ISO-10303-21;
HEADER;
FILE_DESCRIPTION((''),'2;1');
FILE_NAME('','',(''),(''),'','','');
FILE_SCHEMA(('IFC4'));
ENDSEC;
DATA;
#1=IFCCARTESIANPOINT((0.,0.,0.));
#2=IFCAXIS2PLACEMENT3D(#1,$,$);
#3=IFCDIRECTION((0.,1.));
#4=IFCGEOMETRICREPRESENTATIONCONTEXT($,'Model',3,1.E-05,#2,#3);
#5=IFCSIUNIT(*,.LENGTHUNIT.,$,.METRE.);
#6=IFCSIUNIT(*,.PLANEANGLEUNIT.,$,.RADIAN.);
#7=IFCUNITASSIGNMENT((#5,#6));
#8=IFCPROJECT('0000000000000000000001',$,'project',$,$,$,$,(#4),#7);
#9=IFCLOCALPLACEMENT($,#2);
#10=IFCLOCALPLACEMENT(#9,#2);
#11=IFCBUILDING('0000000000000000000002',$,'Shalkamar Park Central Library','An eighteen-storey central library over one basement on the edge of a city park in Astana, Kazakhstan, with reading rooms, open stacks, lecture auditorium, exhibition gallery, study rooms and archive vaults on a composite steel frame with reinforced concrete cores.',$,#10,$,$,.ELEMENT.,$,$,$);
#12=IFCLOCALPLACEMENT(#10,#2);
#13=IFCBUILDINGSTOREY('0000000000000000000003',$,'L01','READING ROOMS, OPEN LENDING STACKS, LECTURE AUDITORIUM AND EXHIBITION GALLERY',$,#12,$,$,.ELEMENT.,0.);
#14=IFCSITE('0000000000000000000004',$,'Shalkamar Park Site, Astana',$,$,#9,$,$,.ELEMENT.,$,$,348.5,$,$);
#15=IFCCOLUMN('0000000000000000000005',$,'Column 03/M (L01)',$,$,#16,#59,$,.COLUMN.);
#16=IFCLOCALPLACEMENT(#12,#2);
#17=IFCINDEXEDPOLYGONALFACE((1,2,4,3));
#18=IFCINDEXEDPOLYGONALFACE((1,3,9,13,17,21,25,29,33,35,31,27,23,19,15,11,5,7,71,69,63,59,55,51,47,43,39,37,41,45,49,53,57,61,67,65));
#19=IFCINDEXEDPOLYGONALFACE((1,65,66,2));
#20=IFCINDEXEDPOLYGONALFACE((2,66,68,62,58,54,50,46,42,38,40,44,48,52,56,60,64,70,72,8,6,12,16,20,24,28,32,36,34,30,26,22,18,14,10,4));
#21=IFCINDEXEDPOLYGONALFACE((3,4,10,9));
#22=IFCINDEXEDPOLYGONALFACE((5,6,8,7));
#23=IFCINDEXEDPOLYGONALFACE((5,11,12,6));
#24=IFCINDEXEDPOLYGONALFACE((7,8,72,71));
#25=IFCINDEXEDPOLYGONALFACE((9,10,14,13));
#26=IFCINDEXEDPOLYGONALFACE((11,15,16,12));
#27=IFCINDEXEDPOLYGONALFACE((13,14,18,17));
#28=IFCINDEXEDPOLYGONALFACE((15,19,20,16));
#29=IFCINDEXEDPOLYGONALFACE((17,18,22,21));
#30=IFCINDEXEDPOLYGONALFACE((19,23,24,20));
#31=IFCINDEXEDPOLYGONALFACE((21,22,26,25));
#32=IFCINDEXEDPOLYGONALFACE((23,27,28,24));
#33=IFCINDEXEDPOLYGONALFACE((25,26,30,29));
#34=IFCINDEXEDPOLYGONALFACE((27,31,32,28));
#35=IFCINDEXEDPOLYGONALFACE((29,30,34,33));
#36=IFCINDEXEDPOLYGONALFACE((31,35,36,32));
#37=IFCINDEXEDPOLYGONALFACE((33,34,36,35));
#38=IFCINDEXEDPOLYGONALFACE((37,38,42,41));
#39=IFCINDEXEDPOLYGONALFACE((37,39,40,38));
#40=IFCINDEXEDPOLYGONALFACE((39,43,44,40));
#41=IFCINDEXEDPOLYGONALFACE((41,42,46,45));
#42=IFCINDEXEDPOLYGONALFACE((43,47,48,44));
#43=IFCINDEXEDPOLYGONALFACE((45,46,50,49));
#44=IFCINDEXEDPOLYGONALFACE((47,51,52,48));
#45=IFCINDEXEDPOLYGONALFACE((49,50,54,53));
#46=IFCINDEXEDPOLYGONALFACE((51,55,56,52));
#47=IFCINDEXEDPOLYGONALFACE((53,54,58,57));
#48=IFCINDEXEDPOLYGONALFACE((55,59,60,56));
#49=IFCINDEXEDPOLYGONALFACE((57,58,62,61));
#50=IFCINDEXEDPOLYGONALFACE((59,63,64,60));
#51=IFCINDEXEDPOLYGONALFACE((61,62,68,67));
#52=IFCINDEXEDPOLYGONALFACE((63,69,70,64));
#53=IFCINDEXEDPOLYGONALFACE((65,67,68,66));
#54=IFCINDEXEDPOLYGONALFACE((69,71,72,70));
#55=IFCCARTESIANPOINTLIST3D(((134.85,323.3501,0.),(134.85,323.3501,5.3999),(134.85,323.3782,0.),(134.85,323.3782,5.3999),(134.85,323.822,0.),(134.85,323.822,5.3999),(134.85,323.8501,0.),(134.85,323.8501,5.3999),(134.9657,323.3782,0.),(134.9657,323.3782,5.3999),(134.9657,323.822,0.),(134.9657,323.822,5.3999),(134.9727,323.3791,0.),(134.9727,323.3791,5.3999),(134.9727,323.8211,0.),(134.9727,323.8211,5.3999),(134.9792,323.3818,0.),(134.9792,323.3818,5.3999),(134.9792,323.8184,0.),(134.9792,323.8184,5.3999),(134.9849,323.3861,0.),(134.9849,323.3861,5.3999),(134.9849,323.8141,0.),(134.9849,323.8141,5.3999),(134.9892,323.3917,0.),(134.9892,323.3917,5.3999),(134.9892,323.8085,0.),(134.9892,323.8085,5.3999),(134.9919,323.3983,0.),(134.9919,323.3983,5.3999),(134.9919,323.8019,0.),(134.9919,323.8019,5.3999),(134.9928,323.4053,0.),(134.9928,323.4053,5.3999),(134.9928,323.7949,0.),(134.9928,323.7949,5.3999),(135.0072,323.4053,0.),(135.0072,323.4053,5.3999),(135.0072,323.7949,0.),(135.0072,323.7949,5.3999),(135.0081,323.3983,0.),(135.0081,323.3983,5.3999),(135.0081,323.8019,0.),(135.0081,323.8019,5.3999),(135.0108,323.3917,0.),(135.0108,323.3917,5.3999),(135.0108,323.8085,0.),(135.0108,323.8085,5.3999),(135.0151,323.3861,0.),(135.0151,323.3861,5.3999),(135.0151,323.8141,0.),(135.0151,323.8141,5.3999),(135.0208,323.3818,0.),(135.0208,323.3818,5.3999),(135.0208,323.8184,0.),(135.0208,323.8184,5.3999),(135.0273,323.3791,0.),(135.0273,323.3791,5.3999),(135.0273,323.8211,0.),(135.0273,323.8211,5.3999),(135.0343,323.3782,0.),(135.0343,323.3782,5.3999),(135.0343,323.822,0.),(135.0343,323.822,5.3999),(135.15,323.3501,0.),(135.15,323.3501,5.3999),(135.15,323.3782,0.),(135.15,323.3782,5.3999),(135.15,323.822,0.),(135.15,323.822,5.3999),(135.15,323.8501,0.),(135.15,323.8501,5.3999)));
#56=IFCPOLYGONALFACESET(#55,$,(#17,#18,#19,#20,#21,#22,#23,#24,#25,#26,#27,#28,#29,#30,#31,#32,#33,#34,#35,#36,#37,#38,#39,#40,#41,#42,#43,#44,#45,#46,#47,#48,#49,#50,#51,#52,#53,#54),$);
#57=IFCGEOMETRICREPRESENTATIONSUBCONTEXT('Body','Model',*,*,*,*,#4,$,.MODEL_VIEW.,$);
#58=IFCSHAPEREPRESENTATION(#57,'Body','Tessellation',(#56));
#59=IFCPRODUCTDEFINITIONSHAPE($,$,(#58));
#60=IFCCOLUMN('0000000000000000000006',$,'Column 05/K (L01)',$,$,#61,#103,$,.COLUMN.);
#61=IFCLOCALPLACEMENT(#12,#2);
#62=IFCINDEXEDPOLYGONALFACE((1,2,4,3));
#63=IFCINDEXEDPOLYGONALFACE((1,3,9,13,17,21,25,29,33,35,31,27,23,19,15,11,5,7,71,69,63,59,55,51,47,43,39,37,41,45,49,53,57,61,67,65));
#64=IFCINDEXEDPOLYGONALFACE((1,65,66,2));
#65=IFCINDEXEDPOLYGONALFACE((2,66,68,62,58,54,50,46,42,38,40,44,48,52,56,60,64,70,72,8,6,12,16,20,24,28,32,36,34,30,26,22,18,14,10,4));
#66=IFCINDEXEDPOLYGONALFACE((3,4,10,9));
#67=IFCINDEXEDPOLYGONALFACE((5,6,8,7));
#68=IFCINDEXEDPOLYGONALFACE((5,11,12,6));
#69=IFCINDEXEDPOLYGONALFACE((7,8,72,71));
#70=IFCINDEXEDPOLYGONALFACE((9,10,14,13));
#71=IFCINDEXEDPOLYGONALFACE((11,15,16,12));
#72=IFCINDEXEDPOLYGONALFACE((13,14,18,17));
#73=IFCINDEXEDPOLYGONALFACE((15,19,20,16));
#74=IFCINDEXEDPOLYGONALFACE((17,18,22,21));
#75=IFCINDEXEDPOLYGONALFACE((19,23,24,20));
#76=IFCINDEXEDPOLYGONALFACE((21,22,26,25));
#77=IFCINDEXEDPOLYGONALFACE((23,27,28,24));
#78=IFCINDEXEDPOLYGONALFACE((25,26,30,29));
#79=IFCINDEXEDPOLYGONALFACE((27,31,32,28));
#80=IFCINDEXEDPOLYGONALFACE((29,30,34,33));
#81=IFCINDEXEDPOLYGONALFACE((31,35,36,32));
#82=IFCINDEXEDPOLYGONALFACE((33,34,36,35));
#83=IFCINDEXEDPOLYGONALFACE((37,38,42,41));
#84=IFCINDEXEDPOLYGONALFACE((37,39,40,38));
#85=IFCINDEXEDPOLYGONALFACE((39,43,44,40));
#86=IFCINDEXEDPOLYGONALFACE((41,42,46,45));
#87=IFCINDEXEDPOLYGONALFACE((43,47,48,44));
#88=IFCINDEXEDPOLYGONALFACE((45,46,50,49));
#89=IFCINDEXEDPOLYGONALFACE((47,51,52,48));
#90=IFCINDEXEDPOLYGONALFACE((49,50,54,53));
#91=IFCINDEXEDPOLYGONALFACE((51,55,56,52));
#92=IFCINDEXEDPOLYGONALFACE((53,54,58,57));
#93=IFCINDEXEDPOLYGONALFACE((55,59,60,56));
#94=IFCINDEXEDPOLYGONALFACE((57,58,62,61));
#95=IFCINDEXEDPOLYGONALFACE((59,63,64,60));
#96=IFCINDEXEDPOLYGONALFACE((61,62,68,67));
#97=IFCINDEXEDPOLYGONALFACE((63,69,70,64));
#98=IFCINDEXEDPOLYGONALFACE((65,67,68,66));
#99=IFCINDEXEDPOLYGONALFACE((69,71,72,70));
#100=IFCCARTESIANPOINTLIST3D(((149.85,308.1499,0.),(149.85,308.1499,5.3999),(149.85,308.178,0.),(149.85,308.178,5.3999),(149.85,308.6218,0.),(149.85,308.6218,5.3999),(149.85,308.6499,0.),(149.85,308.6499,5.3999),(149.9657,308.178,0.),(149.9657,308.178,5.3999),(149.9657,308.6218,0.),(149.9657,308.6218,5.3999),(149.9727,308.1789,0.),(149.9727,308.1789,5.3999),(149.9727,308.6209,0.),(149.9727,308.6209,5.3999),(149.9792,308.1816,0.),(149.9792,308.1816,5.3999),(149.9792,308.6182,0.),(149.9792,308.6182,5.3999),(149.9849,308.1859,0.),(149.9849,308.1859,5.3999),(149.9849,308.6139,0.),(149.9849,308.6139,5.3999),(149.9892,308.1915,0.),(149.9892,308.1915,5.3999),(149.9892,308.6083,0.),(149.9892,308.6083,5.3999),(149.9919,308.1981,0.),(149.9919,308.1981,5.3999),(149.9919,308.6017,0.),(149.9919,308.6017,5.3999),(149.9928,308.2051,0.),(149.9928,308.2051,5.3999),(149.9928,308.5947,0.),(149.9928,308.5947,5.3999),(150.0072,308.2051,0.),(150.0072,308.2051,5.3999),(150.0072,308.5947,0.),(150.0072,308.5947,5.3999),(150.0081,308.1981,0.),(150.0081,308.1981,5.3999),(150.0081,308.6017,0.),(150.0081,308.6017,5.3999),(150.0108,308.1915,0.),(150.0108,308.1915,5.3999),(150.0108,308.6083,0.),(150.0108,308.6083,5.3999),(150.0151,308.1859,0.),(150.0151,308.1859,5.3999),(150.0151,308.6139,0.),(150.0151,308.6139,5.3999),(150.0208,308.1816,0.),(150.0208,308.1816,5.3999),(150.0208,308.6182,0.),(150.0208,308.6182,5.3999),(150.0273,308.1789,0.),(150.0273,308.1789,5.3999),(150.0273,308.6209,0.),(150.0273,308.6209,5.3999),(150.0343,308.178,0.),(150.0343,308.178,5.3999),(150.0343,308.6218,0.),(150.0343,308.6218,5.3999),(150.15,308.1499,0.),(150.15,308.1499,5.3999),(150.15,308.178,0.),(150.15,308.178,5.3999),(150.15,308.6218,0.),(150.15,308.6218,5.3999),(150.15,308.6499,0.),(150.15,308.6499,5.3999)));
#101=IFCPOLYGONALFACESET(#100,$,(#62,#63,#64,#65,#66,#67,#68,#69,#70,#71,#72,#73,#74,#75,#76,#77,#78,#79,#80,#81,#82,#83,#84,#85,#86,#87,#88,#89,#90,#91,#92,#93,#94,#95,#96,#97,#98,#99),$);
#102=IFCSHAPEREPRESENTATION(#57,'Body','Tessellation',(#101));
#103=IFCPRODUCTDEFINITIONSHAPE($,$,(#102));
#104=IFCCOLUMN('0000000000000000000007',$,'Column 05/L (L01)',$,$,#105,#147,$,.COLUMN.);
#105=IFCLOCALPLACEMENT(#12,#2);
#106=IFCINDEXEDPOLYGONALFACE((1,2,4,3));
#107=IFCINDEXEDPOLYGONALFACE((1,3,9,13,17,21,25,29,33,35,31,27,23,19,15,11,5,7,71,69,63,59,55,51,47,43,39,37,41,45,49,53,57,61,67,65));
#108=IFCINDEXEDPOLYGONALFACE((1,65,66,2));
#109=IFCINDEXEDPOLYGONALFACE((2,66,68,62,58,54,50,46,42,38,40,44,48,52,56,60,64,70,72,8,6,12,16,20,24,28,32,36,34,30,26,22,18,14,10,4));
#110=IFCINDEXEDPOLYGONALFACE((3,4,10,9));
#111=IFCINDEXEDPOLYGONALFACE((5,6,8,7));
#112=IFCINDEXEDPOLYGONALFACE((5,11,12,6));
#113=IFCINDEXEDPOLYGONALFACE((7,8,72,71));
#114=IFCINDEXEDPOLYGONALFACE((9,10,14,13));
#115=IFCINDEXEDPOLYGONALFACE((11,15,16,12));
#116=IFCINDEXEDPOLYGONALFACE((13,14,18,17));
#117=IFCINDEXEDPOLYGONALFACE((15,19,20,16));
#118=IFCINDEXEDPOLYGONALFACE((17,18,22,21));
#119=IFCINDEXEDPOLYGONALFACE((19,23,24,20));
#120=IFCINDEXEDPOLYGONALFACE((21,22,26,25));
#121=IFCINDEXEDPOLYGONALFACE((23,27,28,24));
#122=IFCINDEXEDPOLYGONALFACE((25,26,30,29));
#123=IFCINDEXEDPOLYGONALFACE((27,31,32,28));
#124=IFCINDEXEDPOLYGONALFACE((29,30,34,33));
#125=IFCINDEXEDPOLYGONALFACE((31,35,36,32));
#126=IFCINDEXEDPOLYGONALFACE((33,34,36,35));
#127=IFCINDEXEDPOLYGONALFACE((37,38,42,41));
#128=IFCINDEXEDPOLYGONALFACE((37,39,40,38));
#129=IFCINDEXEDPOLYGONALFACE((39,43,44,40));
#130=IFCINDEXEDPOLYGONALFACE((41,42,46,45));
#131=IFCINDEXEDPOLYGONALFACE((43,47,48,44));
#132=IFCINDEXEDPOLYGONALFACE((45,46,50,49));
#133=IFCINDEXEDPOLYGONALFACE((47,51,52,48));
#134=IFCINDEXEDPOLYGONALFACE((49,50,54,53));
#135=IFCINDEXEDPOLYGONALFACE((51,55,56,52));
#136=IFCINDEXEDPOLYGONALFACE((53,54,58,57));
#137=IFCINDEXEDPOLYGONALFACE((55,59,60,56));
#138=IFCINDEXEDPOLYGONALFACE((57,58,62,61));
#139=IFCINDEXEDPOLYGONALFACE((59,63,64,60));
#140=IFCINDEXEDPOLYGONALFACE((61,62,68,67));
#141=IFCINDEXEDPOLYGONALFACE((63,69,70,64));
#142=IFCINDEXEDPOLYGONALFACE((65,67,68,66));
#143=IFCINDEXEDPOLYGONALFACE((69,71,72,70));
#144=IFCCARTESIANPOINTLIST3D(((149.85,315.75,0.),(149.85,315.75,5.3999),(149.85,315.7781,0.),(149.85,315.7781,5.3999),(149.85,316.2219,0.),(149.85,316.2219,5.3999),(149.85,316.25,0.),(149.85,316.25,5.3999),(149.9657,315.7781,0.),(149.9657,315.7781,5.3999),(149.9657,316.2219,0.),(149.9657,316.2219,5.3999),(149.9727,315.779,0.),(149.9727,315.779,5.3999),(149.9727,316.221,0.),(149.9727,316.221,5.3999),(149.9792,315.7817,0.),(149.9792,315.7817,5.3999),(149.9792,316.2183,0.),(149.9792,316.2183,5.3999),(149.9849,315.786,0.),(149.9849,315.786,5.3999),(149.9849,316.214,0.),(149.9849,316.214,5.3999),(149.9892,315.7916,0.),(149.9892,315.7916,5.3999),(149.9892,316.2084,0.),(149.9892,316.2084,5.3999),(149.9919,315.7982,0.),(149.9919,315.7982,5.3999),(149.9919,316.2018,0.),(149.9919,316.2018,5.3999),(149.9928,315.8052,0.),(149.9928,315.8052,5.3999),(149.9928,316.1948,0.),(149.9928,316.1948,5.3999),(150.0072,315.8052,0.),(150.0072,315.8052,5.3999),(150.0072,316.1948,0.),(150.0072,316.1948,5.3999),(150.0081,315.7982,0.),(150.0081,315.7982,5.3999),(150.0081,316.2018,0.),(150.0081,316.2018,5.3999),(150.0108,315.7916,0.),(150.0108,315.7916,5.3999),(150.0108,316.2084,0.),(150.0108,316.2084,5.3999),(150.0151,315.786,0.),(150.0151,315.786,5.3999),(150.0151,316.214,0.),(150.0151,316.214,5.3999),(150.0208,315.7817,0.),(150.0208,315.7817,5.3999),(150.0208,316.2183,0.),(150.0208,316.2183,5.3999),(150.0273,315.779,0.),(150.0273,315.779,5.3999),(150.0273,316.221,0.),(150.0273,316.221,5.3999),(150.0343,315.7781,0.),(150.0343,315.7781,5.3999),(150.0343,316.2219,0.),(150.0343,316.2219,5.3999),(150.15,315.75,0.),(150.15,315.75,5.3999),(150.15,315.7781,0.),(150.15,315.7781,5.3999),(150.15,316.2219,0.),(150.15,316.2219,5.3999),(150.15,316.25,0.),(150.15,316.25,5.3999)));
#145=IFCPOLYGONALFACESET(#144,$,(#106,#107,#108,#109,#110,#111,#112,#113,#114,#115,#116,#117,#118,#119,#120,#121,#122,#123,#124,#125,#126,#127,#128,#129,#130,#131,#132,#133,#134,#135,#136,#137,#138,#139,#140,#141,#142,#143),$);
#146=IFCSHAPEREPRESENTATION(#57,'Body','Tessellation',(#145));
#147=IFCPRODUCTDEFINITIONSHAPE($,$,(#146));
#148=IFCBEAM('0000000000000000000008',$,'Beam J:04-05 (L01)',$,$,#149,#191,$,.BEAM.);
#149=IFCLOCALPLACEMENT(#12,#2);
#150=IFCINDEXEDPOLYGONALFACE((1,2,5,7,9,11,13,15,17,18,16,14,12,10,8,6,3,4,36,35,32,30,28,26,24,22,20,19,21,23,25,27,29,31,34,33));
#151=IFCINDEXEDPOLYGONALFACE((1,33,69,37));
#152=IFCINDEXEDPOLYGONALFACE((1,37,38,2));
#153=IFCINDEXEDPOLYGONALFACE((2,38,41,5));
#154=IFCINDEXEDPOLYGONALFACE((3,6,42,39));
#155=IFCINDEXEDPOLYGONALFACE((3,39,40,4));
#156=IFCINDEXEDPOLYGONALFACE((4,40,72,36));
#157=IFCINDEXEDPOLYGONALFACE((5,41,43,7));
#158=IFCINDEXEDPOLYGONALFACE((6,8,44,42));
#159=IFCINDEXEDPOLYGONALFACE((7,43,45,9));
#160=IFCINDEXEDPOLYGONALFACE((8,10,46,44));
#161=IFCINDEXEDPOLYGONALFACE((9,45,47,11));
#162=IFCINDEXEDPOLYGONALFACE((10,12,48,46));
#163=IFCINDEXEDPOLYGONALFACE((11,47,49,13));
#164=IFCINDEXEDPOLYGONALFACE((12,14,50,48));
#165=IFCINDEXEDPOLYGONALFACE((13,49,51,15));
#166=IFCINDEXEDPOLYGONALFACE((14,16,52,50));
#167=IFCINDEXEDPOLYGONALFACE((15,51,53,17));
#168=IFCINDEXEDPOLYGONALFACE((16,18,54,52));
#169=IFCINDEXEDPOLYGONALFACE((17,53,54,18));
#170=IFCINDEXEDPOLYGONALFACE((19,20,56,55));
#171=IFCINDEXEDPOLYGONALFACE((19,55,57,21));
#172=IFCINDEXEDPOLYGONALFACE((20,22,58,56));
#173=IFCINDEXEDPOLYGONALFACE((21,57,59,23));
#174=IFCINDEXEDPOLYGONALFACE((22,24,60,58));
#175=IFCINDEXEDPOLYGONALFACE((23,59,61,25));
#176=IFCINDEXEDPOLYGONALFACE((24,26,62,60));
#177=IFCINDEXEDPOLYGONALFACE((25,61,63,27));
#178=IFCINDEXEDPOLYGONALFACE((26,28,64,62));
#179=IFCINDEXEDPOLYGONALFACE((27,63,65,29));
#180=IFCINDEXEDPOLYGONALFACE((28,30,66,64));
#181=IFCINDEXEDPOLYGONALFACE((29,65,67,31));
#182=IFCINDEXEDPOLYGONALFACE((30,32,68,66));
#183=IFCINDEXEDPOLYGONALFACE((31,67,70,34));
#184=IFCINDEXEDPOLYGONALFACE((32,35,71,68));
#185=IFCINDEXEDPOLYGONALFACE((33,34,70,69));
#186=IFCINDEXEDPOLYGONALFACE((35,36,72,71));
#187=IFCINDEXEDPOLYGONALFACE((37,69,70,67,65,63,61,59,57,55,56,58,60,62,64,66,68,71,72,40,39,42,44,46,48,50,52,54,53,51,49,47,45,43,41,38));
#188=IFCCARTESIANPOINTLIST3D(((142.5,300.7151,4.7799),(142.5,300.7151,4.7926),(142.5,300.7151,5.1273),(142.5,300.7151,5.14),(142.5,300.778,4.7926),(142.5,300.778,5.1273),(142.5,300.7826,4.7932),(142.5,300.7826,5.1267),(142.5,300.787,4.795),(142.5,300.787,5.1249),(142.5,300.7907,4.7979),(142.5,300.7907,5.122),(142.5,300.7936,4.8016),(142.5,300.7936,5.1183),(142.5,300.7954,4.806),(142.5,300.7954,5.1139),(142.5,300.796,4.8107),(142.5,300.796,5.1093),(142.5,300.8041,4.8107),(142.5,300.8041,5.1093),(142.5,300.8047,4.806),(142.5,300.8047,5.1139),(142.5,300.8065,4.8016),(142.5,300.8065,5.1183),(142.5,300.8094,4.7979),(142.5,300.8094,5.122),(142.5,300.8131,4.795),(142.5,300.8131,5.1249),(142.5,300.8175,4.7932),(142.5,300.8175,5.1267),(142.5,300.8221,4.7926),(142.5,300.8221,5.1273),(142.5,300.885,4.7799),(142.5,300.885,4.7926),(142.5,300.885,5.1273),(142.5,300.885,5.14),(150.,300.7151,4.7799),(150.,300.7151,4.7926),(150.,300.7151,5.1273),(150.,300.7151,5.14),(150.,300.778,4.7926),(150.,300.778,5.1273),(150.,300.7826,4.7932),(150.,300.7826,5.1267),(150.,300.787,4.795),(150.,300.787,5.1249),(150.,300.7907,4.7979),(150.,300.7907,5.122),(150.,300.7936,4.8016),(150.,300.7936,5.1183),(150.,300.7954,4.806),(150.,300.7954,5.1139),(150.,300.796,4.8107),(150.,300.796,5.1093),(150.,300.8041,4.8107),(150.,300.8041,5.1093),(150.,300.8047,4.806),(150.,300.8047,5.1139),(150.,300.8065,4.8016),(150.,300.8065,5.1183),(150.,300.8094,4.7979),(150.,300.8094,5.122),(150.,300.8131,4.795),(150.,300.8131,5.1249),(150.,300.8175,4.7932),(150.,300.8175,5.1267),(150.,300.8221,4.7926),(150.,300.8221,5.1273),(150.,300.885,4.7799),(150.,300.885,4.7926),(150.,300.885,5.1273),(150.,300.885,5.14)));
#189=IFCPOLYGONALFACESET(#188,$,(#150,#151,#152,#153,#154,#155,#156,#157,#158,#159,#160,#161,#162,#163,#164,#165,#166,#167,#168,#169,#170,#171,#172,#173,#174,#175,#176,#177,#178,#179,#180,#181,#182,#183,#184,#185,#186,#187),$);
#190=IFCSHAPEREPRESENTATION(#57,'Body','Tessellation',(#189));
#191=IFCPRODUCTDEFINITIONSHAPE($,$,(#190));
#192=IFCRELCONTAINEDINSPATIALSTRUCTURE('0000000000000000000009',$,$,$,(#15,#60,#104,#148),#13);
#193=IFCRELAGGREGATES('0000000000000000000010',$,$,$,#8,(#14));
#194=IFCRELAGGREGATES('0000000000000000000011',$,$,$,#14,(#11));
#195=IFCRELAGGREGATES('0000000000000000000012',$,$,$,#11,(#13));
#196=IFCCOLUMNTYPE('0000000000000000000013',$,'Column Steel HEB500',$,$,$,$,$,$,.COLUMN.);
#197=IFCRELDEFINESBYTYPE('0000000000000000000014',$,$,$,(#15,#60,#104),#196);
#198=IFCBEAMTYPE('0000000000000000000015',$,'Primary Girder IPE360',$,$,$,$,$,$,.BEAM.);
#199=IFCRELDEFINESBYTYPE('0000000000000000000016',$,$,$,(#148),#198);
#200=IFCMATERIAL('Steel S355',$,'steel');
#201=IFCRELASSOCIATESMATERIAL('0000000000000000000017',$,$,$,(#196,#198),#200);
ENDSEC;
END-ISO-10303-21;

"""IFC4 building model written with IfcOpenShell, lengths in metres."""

from ifc_helpers import new_model, si_unit, direction, frame, origin, origin_2d, place, context, subcontext, project, spatial, i_section, extrude, material, material_profile, profile_set, type_object, element, save


model = new_model("IFC4")

# Units and contexts
model_context = context("Model", 3, precision=1e-05, world=origin(), true_north=direction((0.0, 1.0)))
body_context = subcontext(model_context, "Body", "Model", "MODEL_VIEW")
ifc_project = project(units=[si_unit("LENGTHUNIT", "METRE"), si_unit("PLANEANGLEUNIT", "RADIAN")], contexts=[model_context])

# Site, building, storey
site_placement = place(None, origin())
site = spatial("IfcSite", under=ifc_project, at=site_placement, Name="Shalkamar Park Site, Astana", CompositionType="ELEMENT", RefElevation=348.5)
building_placement = place(site_placement, origin())
building = spatial("IfcBuilding", under=site, at=building_placement, Name="Shalkamar Park Central Library", Description="An eighteen-storey central library over one basement on the edge of a city park in Astana, Kazakhstan, with reading rooms, open stacks, lecture auditorium, exhibition gallery, study rooms and archive vaults on a composite steel frame with reinforced concrete cores.", CompositionType="ELEMENT")
storey_placement = place(building_placement, origin())
storey = spatial("IfcBuildingStorey", under=building, at=storey_placement, Name="L01", Description="READING ROOMS, OPEN LENDING STACKS, LECTURE AUDITORIUM AND EXHIBITION GALLERY", CompositionType="ELEMENT", Elevation=0.0)

# Columns
ifc_material_1 = material(Name="Steel S355", Category="steel")
ifc_material_profile_1 = material_profile(ifc_material_1, i_section(OverallWidth=0.3, OverallDepth=0.5, WebThickness=0.0144, FlangeThickness=0.0281, FilletRadius=0.0271, at=origin_2d()), Name="HEB 500")
ifc_profile_set_1 = profile_set([ifc_material_profile_1], Name="Steel S355")
column_type_1 = type_object("IfcColumnType", Name="Column Steel HEB500", PredefinedType="COLUMN", material=ifc_profile_set_1)
for number, where, z_axis, x_axis, name in (
    (1, (135.0, 323.6001, 0.0), (0.0, 0.0, 1.0), (1.0, 0.0, 0.0), "Column 03/M (L01)"),
    (2, (150.0, 308.3999, 0.0), (0.0, 0.0, 1.0), (1.0, 0.0, 0.0), "Column 05/K (L01)"),
    (3, (150.0, 316.0, 0.0), (0.0, 0.0, 1.0), (1.0, 0.0, 0.0), "Column 05/L (L01)"),
):
    element("IfcColumn", number, at=place(storey_placement, frame(where, z_axis=z_axis, x_axis=x_axis)), inside=storey, type_object=column_type_1, Name=name, PredefinedType="COLUMN", context=body_context, shape_type="SweptSolid", body=[
        extrude(i_section(OverallWidth=0.3, OverallDepth=0.5, WebThickness=0.0144, FlangeThickness=0.0281, FilletRadius=0.0271, at=origin_2d()), origin(), (0.0, 0.0, 1.0), 5.3999),
    ])

# Beam
ifc_material_profile_2 = material_profile(ifc_material_1, i_section(OverallWidth=0.1699, OverallDepth=0.3601, WebThickness=0.0081, FlangeThickness=0.0127, FilletRadius=0.0181, at=origin_2d()), Name="IPE 360")
ifc_profile_set_2 = profile_set([ifc_material_profile_2], Name="Steel S355")
beam_type = type_object("IfcBeamType", Name="Primary Girder IPE360", PredefinedType="BEAM", material=ifc_profile_set_2)
for number, where, z_axis, x_axis, name in (
    (4, (142.5, 300.8, 4.96), (1.0, 0.0, 0.0), (0.0, 1.0, 0.0), "Beam J:04-05 (L01)"),
):
    element("IfcBeam", number, at=place(storey_placement, frame(where, z_axis=z_axis, x_axis=x_axis)), inside=storey, type_object=beam_type, Name=name, PredefinedType="BEAM", context=body_context, shape_type="SweptSolid", body=[
        extrude(i_section(OverallWidth=0.1699, OverallDepth=0.3601, WebThickness=0.0081, FlangeThickness=0.0127, FilletRadius=0.0181, at=origin_2d()), origin(), (0.0, 0.0, 1.0), 7.5),
    ])

save(model, "model.ifc")
